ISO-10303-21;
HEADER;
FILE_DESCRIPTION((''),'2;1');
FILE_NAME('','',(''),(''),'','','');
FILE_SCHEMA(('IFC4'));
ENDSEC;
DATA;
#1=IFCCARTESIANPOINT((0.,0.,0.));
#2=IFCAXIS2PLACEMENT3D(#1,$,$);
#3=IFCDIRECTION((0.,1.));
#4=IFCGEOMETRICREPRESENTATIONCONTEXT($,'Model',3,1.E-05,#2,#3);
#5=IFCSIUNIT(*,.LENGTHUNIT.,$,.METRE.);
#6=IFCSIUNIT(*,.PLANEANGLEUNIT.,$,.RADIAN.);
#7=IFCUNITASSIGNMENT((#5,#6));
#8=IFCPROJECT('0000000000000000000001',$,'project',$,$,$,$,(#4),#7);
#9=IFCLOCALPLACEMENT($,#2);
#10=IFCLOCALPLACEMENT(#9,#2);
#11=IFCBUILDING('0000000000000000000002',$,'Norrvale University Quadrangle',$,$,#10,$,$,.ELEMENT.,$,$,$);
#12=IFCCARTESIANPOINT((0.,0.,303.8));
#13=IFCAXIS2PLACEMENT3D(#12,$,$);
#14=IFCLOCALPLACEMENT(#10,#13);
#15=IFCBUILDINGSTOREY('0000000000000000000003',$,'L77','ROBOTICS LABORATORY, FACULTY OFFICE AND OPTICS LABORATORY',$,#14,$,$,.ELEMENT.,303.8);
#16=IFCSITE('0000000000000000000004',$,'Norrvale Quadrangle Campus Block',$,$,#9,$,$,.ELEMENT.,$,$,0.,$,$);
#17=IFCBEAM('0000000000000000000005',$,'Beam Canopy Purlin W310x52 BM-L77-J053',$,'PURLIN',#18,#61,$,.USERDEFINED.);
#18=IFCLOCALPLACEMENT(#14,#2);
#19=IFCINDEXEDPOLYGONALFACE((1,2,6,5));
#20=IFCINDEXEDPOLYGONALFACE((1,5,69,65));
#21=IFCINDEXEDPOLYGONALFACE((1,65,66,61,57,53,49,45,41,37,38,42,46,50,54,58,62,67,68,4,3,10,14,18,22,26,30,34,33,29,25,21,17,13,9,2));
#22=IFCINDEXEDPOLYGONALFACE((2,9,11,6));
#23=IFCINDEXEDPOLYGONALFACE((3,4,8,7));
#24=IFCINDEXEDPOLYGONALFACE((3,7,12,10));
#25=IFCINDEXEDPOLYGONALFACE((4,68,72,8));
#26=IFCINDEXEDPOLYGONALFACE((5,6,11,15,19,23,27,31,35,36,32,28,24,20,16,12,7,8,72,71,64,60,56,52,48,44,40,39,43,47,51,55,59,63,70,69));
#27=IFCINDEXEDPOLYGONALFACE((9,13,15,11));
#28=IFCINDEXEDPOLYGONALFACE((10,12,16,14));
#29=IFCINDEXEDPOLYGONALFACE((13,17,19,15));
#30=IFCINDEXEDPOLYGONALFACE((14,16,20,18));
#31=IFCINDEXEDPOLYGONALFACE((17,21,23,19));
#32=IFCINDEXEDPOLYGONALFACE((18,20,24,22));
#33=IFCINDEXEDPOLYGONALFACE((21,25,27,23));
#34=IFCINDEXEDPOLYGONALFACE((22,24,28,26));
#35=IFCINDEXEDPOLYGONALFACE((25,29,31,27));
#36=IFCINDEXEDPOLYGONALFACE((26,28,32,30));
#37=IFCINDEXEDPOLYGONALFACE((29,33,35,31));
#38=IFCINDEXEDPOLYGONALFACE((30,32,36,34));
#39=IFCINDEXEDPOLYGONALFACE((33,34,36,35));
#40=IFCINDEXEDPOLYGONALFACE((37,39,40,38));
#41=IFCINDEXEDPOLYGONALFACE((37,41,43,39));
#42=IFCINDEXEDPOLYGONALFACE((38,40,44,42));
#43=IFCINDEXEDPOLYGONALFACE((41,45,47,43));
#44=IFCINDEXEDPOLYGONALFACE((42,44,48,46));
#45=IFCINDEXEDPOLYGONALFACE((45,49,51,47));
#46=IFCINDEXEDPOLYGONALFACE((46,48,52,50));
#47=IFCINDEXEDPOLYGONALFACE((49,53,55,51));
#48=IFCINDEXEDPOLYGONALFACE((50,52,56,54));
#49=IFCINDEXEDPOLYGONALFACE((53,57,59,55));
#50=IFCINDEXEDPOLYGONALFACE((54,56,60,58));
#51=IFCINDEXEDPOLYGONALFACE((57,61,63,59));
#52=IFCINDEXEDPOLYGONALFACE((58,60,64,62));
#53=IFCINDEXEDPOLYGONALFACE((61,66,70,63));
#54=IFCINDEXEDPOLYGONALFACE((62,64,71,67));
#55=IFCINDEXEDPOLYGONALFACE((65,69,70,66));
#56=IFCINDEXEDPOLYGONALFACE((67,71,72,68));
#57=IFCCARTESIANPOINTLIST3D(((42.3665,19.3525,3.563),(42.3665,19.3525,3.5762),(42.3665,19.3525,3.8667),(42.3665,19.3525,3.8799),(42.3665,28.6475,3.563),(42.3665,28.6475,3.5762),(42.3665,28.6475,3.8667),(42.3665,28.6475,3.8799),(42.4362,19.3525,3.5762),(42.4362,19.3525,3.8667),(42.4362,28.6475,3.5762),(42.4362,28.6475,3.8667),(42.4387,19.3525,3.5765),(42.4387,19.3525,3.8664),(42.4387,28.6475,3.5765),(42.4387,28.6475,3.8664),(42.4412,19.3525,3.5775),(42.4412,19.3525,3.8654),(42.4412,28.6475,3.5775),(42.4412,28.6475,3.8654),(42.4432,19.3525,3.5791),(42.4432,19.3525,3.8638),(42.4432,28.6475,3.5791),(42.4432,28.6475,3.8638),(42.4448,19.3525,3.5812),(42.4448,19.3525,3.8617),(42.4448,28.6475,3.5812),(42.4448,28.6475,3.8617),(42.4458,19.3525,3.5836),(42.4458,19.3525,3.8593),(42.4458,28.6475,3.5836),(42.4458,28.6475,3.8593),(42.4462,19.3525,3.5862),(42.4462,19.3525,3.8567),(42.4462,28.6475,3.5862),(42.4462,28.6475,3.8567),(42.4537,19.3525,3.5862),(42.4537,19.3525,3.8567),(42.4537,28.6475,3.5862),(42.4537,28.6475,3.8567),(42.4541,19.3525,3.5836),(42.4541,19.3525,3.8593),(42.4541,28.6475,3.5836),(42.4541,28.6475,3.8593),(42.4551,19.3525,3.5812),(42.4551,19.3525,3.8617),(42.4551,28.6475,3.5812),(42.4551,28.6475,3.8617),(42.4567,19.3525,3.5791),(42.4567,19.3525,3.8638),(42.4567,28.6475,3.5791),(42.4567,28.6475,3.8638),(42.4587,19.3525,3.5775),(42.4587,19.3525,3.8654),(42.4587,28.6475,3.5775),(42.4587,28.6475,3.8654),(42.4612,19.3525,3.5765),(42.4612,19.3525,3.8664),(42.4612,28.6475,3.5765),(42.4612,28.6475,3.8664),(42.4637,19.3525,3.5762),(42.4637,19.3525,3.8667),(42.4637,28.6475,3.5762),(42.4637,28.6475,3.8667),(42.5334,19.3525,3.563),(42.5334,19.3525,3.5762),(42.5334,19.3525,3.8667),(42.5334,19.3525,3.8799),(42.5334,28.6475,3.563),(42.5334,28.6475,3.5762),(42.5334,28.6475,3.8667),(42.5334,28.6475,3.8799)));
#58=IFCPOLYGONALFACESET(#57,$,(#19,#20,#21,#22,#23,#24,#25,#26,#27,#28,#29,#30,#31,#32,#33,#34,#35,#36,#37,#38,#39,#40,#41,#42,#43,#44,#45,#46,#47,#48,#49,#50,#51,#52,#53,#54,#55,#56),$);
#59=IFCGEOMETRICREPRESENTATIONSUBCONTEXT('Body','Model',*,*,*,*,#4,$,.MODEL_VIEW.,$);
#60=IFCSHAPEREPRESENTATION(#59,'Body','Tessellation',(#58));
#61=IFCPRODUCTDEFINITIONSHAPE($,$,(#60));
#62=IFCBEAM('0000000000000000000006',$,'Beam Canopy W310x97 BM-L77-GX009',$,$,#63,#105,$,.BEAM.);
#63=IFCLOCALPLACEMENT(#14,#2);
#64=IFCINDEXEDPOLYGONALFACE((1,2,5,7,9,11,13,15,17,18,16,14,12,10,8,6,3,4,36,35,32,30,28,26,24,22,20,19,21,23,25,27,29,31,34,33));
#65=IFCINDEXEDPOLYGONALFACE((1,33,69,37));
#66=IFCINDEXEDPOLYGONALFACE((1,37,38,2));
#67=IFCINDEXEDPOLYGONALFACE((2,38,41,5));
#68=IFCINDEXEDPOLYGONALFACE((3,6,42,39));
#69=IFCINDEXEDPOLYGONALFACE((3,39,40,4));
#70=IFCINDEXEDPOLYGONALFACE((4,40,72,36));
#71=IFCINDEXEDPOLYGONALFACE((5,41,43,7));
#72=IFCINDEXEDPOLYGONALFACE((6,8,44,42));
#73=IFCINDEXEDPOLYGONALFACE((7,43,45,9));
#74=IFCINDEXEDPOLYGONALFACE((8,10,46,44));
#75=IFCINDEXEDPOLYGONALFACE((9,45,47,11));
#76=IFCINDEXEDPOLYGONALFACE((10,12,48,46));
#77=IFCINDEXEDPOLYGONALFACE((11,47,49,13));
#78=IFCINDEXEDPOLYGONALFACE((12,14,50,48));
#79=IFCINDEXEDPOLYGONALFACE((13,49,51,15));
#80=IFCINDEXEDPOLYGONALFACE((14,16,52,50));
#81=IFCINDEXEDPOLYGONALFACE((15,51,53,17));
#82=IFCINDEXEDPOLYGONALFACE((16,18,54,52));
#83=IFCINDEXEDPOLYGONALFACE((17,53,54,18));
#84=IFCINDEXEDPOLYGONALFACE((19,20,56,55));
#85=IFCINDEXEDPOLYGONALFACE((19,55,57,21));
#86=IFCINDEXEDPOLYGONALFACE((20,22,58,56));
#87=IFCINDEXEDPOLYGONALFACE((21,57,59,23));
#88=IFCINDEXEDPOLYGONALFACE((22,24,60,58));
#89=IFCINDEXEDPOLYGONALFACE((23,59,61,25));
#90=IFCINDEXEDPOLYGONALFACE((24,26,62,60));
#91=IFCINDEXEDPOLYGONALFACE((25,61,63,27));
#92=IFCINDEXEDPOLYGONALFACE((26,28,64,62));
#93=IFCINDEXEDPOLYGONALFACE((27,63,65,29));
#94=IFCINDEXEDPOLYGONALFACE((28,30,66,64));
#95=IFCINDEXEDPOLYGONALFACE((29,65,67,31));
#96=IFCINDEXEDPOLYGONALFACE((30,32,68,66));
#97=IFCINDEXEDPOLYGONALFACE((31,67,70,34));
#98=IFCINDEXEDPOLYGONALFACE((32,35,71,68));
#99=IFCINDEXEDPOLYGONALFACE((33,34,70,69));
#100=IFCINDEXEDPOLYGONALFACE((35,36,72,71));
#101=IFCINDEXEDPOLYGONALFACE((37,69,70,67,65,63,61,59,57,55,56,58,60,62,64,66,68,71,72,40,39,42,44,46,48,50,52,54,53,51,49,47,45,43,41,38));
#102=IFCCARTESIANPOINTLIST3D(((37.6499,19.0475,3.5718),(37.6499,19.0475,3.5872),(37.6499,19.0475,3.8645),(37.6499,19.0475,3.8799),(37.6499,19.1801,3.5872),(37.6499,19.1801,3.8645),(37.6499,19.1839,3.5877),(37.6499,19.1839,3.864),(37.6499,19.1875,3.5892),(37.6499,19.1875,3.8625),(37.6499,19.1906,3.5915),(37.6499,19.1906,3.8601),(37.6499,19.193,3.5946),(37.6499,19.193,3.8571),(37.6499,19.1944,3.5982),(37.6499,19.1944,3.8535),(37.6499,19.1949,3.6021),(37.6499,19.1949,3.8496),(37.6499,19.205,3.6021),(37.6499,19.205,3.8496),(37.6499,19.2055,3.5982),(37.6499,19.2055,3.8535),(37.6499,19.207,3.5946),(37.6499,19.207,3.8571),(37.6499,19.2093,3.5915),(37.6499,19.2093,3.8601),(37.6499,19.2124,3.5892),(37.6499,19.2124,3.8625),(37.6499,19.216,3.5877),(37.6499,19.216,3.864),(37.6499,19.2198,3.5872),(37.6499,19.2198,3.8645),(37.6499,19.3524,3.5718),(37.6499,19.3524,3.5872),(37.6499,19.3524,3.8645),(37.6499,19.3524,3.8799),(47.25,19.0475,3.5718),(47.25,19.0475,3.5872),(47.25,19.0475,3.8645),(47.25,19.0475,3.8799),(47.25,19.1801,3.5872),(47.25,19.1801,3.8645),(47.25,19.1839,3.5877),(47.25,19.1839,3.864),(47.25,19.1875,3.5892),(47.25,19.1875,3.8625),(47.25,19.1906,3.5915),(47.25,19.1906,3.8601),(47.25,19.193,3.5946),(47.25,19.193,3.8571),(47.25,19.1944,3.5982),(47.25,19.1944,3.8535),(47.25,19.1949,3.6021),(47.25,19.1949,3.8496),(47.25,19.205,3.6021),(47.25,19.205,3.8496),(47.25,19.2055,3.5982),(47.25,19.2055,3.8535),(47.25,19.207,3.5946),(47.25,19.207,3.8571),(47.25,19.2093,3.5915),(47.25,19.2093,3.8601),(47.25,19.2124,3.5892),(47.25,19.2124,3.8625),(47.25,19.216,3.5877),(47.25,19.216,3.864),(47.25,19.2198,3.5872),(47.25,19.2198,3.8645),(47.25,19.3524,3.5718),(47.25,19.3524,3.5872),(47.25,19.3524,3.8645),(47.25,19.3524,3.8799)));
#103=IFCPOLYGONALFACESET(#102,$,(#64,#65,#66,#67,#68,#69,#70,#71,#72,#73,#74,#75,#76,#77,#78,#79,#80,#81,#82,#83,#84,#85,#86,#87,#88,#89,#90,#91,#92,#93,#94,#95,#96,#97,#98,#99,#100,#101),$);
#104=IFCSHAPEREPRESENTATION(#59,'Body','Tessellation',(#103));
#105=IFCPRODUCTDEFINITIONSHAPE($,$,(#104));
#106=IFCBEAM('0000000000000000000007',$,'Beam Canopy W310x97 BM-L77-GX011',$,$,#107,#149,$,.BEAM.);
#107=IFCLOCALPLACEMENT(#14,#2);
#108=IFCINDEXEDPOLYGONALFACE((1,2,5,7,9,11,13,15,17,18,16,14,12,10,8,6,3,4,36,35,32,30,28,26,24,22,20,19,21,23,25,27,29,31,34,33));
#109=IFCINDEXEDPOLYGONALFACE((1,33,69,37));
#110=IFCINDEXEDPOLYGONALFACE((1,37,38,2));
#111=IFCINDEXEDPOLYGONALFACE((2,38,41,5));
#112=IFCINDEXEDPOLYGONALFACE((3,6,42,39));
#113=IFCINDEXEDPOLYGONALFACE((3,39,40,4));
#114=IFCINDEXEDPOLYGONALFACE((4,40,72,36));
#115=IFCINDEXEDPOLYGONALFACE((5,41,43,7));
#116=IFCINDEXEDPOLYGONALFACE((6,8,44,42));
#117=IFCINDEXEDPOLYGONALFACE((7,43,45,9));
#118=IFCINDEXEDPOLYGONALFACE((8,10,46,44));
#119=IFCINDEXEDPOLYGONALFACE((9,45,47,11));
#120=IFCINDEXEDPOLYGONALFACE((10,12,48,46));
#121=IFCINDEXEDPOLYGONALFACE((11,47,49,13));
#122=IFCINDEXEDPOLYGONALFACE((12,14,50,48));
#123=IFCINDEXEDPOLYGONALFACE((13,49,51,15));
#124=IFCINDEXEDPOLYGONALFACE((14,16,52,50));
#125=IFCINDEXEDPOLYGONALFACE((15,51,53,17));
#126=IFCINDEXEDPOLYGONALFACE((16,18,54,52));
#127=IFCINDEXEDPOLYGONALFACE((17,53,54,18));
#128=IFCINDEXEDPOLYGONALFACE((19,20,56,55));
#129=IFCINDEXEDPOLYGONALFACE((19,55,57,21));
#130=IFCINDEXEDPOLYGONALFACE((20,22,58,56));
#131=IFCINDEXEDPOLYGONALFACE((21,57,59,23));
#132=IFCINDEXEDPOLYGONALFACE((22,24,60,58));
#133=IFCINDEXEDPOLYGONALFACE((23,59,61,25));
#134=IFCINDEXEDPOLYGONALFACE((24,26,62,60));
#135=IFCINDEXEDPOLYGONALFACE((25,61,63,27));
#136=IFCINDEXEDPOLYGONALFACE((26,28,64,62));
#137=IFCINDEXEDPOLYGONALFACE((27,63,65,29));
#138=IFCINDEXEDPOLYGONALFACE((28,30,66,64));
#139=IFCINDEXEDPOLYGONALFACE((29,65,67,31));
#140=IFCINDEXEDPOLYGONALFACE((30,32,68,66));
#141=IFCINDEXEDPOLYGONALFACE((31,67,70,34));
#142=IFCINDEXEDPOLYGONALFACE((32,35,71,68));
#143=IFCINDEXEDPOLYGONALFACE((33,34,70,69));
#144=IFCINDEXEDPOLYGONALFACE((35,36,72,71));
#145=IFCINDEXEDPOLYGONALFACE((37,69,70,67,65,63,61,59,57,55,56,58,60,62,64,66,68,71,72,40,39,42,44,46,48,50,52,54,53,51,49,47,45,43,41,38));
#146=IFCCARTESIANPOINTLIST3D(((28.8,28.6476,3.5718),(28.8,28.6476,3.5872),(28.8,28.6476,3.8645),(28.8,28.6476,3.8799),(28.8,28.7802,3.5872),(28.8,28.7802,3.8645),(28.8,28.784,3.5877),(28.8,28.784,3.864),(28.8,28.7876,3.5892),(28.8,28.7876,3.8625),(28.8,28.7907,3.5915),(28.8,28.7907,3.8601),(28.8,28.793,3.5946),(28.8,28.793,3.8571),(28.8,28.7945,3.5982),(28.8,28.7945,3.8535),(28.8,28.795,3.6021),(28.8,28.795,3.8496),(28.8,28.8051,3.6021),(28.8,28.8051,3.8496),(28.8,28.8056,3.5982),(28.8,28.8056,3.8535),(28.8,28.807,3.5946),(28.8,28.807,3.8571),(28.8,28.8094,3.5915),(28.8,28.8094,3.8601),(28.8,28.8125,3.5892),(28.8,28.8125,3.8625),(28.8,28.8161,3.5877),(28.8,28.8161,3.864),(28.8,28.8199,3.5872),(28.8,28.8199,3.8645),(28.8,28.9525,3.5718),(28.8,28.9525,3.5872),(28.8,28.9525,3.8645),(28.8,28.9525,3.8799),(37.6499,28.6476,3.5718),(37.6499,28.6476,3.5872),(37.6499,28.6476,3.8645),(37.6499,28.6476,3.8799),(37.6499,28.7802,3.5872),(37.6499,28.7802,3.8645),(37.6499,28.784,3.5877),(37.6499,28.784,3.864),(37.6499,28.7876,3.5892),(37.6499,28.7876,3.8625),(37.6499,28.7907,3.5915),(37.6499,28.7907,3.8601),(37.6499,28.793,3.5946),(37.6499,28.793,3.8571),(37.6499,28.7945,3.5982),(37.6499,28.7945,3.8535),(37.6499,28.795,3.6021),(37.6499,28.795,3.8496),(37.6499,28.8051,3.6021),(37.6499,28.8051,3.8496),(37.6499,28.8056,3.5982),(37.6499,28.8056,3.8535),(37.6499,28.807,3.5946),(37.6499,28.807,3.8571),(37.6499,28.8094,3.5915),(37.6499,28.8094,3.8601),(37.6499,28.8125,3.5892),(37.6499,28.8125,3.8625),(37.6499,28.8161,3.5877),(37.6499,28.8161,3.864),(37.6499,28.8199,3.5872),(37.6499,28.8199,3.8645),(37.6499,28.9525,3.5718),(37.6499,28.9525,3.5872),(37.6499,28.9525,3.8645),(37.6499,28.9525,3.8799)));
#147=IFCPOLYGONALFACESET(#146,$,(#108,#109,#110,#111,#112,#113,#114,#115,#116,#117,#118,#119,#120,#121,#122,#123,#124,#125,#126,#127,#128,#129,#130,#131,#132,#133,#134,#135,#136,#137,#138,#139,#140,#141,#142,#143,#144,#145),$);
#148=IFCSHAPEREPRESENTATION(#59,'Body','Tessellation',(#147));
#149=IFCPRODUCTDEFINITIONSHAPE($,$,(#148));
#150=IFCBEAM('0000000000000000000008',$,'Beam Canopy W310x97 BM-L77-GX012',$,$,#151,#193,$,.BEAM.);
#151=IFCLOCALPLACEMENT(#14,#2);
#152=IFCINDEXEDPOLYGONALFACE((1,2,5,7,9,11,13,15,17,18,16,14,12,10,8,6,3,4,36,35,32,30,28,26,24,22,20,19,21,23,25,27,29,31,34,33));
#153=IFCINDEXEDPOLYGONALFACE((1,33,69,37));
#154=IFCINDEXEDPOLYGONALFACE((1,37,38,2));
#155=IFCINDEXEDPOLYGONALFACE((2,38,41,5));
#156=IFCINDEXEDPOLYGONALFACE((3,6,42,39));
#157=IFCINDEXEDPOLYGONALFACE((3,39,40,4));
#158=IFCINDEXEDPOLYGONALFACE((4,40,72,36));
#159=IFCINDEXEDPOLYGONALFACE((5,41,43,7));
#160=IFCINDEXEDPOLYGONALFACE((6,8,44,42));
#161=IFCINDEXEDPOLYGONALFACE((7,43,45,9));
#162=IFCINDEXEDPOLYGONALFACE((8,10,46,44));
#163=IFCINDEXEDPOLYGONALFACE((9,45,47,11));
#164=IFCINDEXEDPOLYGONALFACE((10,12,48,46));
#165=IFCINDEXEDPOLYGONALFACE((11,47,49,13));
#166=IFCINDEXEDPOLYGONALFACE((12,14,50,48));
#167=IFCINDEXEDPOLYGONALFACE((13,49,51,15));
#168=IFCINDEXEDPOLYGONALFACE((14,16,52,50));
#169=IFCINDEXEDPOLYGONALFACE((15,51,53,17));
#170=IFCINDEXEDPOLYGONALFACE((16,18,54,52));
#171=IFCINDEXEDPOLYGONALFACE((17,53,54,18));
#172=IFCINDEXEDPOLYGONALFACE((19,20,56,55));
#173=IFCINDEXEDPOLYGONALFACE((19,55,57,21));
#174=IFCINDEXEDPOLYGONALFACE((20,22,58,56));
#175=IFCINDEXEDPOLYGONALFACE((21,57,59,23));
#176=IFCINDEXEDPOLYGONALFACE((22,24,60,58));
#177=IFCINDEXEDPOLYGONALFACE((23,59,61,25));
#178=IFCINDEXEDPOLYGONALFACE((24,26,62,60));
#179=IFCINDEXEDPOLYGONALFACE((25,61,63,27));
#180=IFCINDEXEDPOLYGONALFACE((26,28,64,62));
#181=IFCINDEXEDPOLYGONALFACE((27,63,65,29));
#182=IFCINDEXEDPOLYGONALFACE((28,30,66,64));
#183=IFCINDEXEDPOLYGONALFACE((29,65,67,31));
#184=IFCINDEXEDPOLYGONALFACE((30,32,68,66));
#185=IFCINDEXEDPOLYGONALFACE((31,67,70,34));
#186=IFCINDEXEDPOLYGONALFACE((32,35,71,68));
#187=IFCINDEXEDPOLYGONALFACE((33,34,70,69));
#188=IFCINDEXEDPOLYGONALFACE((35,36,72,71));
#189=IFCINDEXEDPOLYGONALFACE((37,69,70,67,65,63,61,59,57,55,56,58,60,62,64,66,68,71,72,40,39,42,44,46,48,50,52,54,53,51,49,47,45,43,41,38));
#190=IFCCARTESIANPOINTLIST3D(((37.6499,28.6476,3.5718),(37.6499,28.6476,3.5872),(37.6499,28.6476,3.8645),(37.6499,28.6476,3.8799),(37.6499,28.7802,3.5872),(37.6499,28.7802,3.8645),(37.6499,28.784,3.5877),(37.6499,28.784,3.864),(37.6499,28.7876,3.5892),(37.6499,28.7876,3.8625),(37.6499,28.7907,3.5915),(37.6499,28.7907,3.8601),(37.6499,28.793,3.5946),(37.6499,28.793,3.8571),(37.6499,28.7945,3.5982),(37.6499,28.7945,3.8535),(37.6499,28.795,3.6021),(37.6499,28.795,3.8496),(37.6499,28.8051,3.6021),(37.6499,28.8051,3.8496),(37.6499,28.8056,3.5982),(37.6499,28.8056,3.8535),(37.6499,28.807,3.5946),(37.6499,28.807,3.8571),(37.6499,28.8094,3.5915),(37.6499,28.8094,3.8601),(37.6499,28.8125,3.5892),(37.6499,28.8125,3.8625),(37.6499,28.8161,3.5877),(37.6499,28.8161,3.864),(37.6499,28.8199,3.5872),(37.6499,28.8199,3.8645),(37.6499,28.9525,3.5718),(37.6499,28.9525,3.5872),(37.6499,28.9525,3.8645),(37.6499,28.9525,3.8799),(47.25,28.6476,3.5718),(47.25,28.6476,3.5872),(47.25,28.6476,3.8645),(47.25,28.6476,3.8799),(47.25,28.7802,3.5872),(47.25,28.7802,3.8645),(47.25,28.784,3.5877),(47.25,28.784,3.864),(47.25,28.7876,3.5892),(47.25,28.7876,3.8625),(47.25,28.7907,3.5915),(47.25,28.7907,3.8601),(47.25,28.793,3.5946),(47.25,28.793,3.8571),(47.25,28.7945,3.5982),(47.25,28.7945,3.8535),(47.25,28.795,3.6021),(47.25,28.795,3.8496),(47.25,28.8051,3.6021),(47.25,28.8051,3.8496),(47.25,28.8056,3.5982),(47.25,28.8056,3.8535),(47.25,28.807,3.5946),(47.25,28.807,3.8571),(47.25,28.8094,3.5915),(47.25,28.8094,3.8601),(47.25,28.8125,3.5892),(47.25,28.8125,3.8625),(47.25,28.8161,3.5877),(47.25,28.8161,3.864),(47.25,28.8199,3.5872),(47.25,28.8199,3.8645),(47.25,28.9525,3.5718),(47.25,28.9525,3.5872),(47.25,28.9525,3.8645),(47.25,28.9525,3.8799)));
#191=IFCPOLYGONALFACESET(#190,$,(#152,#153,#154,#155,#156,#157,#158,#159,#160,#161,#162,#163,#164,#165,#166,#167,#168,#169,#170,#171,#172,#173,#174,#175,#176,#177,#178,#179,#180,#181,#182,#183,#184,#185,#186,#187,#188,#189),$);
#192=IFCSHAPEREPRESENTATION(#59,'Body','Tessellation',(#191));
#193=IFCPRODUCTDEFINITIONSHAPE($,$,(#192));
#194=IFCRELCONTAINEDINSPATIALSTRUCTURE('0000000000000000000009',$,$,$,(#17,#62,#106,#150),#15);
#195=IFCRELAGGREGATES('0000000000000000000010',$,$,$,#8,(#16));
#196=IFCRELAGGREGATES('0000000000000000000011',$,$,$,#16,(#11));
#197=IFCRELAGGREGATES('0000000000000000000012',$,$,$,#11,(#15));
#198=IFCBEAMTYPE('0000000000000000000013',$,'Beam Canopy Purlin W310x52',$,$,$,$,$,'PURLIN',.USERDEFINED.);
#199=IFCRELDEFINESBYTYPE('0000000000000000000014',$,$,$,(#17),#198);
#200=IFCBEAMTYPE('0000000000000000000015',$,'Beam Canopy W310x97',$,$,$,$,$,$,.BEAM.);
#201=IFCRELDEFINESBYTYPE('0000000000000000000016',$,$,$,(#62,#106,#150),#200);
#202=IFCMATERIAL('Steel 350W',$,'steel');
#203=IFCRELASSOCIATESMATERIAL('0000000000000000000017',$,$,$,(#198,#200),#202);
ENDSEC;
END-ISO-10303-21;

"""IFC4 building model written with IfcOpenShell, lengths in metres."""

from ifc_helpers import new_model, si_unit, direction, frame, origin, origin_2d, place, context, subcontext, project, spatial, i_section, extrude, material, material_profile, profile_set, type_object, element, save


model = new_model("IFC4")

# Units and contexts
model_context = context("Model", 3, precision=1e-05, world=origin(), true_north=direction((0.0, 1.0)))
body_context = subcontext(model_context, "Body", "Model", "MODEL_VIEW")
ifc_project = project(units=[si_unit("LENGTHUNIT", "METRE"), si_unit("PLANEANGLEUNIT", "RADIAN")], contexts=[model_context])

# Site, building, storey
site_placement = place(None, origin())
site = spatial("IfcSite", under=ifc_project, at=site_placement, Name="Norrvale Quadrangle Campus Block", CompositionType="ELEMENT", RefElevation=0.0)
building_placement = place(site_placement, origin())
building = spatial("IfcBuilding", under=site, at=building_placement, Name="Norrvale University Quadrangle", CompositionType="ELEMENT")
storey_placement = place(building_placement, frame((0.0, 0.0, 303.8)))
storey = spatial("IfcBuildingStorey", under=building, at=storey_placement, Name="L77", Description="ROBOTICS LABORATORY, FACULTY OFFICE AND OPTICS LABORATORY", CompositionType="ELEMENT", Elevation=303.8)

# Beams
ifc_material_1 = material(Name="Steel 350W", Category="steel")
ifc_material_profile_1 = material_profile(ifc_material_1, i_section(OverallWidth=0.167, OverallDepth=0.3169, WebThickness=0.0076, FlangeThickness=0.0132, FilletRadius=0.01, at=origin_2d()), Name="Steel 350W")
ifc_profile_set_1 = profile_set([ifc_material_profile_1], Name="Steel 350W")
beam_type_1 = type_object("IfcBeamType", Name="Beam Canopy Purlin W310x52", ElementType="PURLIN", PredefinedType="USERDEFINED", material=ifc_profile_set_1)
beam_1_placement = place(storey_placement, frame((42.45, 19.3525, 3.7214), z_axis=(0.0, 1.0, 0.0), x_axis=(-1.0, 0.0, 0.0)))
element("IfcBeam", 1, at=beam_1_placement, inside=storey, type_object=beam_type_1, Name="Beam Canopy Purlin W310x52 BM-L77-J053", ObjectType="PURLIN", PredefinedType="USERDEFINED", context=body_context, shape_type="SweptSolid", body=[
    extrude(i_section(OverallWidth=0.167, OverallDepth=0.3169, WebThickness=0.0076, FlangeThickness=0.0132, FilletRadius=0.01, at=origin_2d()), origin(), (0.0, 0.0, 1.0), 9.2949),
])
ifc_material_profile_2 = material_profile(ifc_material_1, i_section(OverallWidth=0.3049, OverallDepth=0.3081, WebThickness=0.01, FlangeThickness=0.0154, FilletRadius=0.0149, at=origin_2d()), Name="Steel 350W")
ifc_profile_set_2 = profile_set([ifc_material_profile_2], Name="Steel 350W")
beam_type_2 = type_object("IfcBeamType", Name="Beam Canopy W310x97", PredefinedType="BEAM", material=ifc_profile_set_2)
beam_2_placement = place(storey_placement, frame((37.6499, 19.2, 3.7258), z_axis=(1.0, 0.0, 0.0), x_axis=(0.0, 1.0, 0.0)))
element("IfcBeam", 2, at=beam_2_placement, inside=storey, type_object=beam_type_2, Name="Beam Canopy W310x97 BM-L77-GX009", PredefinedType="BEAM", context=body_context, shape_type="SweptSolid", body=[
    extrude(i_section(OverallWidth=0.3049, OverallDepth=0.3081, WebThickness=0.01, FlangeThickness=0.0154, FilletRadius=0.0149, at=origin_2d()), origin(), (0.0, 0.0, 1.0), 9.6001),
])
beam_3_placement = place(storey_placement, frame((28.8, 28.8, 3.7258), z_axis=(1.0, 0.0, 0.0), x_axis=(0.0, 1.0, 0.0)))
element("IfcBeam", 3, at=beam_3_placement, inside=storey, type_object=beam_type_2, Name="Beam Canopy W310x97 BM-L77-GX011", PredefinedType="BEAM", context=body_context, shape_type="SweptSolid", body=[
    extrude(i_section(OverallWidth=0.3049, OverallDepth=0.3081, WebThickness=0.01, FlangeThickness=0.0154, FilletRadius=0.0149, at=origin_2d()), origin(), (0.0, 0.0, 1.0), 8.8499),
])
beam_4_placement = place(storey_placement, frame((37.6499, 28.8, 3.7258), z_axis=(1.0, 0.0, 0.0), x_axis=(0.0, 1.0, 0.0)))
element("IfcBeam", 4, at=beam_4_placement, inside=storey, type_object=beam_type_2, Name="Beam Canopy W310x97 BM-L77-GX012", PredefinedType="BEAM", context=body_context, shape_type="SweptSolid", body=[
    extrude(i_section(OverallWidth=0.3049, OverallDepth=0.3081, WebThickness=0.01, FlangeThickness=0.0154, FilletRadius=0.0149, at=origin_2d()), origin(), (0.0, 0.0, 1.0), 9.6001),
])

save(model, "model.ifc")
